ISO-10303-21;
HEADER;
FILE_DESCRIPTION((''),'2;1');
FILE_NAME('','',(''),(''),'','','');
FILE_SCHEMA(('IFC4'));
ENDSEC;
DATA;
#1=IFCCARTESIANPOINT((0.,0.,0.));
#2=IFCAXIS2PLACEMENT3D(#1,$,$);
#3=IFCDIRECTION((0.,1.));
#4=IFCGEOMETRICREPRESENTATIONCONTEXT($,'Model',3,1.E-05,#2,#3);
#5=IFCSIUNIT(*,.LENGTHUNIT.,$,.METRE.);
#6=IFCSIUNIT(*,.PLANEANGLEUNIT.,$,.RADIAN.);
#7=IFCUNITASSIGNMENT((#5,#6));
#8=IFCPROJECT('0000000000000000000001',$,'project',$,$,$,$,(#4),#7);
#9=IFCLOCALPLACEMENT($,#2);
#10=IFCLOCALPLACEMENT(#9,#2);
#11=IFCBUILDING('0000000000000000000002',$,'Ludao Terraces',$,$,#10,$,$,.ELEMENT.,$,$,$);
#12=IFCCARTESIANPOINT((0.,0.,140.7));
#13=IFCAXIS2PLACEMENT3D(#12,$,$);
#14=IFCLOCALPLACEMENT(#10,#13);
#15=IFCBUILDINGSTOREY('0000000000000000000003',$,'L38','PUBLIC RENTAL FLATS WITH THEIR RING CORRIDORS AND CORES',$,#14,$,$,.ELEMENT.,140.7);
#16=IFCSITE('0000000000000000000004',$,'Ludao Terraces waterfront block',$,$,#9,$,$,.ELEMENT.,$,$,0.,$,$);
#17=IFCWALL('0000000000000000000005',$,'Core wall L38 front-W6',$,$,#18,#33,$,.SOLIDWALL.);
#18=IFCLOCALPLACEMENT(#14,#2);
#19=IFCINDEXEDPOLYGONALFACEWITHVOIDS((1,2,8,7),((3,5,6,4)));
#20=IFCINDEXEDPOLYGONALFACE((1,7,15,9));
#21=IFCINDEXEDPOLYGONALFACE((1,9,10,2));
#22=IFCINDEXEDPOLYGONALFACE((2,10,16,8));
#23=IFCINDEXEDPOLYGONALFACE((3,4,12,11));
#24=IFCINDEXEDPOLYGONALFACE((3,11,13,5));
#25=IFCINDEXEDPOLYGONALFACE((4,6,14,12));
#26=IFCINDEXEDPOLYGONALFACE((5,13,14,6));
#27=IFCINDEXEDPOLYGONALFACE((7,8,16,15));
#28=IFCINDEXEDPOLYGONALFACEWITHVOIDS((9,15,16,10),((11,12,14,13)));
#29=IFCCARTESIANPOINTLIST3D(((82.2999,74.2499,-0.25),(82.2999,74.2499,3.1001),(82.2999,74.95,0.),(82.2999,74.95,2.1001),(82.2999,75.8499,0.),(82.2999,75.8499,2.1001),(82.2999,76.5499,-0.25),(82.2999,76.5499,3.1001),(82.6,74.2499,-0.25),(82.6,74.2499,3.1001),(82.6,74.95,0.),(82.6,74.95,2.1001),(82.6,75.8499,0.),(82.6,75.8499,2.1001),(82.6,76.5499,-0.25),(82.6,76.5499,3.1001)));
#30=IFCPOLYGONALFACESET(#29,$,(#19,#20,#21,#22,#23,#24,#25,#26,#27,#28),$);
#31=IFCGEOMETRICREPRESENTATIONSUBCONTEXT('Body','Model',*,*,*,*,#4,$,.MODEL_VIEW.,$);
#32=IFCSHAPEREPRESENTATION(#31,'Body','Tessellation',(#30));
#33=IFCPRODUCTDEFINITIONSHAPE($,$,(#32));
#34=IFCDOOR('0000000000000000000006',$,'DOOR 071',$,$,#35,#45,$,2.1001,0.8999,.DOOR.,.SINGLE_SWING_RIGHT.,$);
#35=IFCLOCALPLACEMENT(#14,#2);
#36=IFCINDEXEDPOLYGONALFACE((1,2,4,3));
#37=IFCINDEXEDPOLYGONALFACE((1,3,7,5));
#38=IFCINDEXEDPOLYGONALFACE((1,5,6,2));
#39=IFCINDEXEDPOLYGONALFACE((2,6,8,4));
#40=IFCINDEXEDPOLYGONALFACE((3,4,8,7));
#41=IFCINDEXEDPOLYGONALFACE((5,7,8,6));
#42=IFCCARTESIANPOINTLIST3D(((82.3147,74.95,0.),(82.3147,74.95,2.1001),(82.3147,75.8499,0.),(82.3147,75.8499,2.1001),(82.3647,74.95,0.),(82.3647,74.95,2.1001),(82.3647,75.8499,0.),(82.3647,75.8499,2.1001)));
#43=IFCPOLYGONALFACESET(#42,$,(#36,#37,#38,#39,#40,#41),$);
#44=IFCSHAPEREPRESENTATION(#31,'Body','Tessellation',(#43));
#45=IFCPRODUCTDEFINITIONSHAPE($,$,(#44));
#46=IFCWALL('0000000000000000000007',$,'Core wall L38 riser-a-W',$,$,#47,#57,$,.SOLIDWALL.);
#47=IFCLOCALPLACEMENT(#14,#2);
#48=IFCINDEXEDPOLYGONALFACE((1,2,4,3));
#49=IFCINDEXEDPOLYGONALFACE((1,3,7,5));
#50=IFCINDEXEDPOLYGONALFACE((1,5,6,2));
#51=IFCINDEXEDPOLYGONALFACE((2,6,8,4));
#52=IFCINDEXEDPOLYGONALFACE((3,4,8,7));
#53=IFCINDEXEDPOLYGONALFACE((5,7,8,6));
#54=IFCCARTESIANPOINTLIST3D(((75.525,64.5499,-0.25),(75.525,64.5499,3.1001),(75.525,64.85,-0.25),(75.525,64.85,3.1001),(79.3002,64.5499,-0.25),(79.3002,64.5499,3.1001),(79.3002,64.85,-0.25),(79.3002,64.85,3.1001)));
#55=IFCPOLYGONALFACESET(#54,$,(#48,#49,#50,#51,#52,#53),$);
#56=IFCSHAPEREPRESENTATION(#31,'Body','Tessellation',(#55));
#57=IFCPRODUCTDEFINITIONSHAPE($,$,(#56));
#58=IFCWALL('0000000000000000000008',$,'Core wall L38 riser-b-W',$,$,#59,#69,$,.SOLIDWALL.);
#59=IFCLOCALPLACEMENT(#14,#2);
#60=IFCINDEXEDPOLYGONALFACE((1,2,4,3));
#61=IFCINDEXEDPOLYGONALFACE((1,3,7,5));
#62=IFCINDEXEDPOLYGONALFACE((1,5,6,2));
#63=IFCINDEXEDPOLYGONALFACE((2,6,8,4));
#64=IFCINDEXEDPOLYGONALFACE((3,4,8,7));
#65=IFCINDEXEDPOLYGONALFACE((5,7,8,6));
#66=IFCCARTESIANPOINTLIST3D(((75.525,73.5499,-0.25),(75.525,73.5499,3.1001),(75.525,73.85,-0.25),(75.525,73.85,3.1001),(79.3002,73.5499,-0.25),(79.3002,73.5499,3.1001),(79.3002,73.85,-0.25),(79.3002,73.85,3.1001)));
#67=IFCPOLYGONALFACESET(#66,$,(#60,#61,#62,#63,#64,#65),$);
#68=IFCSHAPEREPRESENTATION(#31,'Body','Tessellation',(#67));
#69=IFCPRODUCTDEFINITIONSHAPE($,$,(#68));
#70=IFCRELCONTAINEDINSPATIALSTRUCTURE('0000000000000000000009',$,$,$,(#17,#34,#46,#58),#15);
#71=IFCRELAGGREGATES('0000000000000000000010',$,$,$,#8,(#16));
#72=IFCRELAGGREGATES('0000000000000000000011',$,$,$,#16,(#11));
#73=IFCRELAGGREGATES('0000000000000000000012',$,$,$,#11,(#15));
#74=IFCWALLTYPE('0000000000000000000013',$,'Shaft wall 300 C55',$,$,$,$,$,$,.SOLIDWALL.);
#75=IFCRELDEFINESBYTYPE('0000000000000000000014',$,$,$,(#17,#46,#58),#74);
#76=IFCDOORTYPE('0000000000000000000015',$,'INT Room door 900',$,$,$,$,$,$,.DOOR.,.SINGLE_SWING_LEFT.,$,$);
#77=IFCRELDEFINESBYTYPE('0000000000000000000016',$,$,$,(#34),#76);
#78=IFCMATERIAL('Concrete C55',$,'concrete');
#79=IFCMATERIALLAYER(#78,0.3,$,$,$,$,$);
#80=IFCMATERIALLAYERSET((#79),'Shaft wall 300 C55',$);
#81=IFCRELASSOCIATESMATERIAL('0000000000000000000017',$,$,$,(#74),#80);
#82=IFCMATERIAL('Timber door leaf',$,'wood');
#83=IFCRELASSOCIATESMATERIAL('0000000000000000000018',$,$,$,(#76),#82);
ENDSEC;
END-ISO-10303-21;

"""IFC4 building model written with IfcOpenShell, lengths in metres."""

from ifc_helpers import new_model, si_unit, direction, frame, frame_2d, origin, place, context, subcontext, project, spatial, rectangle, extrude, material, layer, layer_set, type_object, element, fill, save


model = new_model("IFC4")

# Units and contexts
model_context = context("Model", 3, precision=1e-05, world=origin(), true_north=direction((0.0, 1.0)))
body_context = subcontext(model_context, "Body", "Model", "MODEL_VIEW")
ifc_project = project(units=[si_unit("LENGTHUNIT", "METRE"), si_unit("PLANEANGLEUNIT", "RADIAN")], contexts=[model_context])

# Site, building, storey
site_placement = place(None, origin())
site = spatial("IfcSite", under=ifc_project, at=site_placement, Name="Ludao Terraces waterfront block", CompositionType="ELEMENT", RefElevation=0.0)
building_placement = place(site_placement, origin())
building = spatial("IfcBuilding", under=site, at=building_placement, Name="Ludao Terraces", CompositionType="ELEMENT")
storey_placement = place(building_placement, frame((0.0, 0.0, 140.7)))
storey = spatial("IfcBuildingStorey", under=building, at=storey_placement, Name="L38", Description="PUBLIC RENTAL FLATS WITH THEIR RING CORRIDORS AND CORES", CompositionType="ELEMENT", Elevation=140.7)

# Shared definitions
ifc_material_1 = material(Name="Timber door leaf", Category="wood")

# Shared definitions
ifc_material_2 = material(Name="Concrete C55", Category="concrete")
ifc_layer_1 = layer(ifc_material_2, 0.3)
ifc_layer_set_1 = layer_set([ifc_layer_1], Name="Shaft wall 300 C55")
wall_type_1 = type_object("IfcWallType", Name="Shaft wall 300 C55", PredefinedType="SOLIDWALL", material=ifc_layer_set_1)

# Shared definitions
door_type_1 = type_object("IfcDoorType", Name="INT Room door 900", OperationType="SINGLE_SWING_LEFT", PredefinedType="DOOR", material=ifc_material_1)

# Wall, opening, door
wall_1_placement = place(storey_placement, frame((82.45, 74.25, -0.25), z_axis=(0.0, 0.0, 1.0), x_axis=(0.0, 1.0, 0.0)))
wall_1 = element("IfcWall", 1, at=wall_1_placement, inside=storey, type_object=wall_type_1, Name="Core wall L38 front-W6", PredefinedType="SOLIDWALL", context=body_context, shape_type="SweptSolid", body=[
    extrude(rectangle(XDim=2.3, YDim=0.3, at=frame_2d((1.1499, 0.0))), origin(), (0.0, 0.0, 1.0), 3.3501),
])
opening_1_placement = place(wall_1_placement, frame((0.7, 0.0, 0.25)))
opening_1 = element("IfcOpeningElement", 2, at=opening_1_placement, cuts=wall_1, PredefinedType="OPENING", context=body_context, shape_type="SweptSolid", body=[
    extrude(rectangle(XDim=0.8999, YDim=2.1001, at=frame_2d((0.45, 1.05))), frame((0.0, 0.1602, 0.0), z_axis=(0.0, -1.0, 0.0), x_axis=(1.0, 0.0, 0.0)), (0.0, 0.0, 1.0), 0.3201),
])
door_1_placement = place(opening_1_placement, origin())
door_1 = element("IfcDoor", 3, at=door_1_placement, inside=storey, type_object=door_type_1, Name="DOOR 071", OperationType="SINGLE_SWING_RIGHT", OverallHeight=2.1001, OverallWidth=0.8999, PredefinedType="DOOR", context=body_context, shape_type="SweptSolid", body=[
    extrude(rectangle(XDim=0.8999, YDim=2.1001, at=frame_2d((0.45, 1.05))), frame((0.0, 0.1353, 0.0), z_axis=(0.0, -1.0, 0.0), x_axis=(1.0, 0.0, 0.0)), (0.0, 0.0, 1.0), 0.05),
])
fill(opening_1, door_1)

# Walls
for number, where, z_axis, x_axis, name in (
    (4, (75.5249, 64.7, -0.25), (0.0, 0.0, 1.0), (1.0, 0.0, 0.0), "Core wall L38 riser-a-W"),
    (5, (75.5249, 73.7, -0.25), (0.0, 0.0, 1.0), (1.0, 0.0, 0.0), "Core wall L38 riser-b-W"),
):
    element("IfcWall", number, at=place(storey_placement, frame(where, z_axis=z_axis, x_axis=x_axis)), inside=storey, type_object=wall_type_1, Name=name, PredefinedType="SOLIDWALL", context=body_context, shape_type="SweptSolid", body=[
        extrude(rectangle(XDim=3.7751, YDim=0.3, at=frame_2d((1.8877, 0.0))), origin(), (0.0, 0.0, 1.0), 3.3501),
    ])

save(model, "model.ifc")
